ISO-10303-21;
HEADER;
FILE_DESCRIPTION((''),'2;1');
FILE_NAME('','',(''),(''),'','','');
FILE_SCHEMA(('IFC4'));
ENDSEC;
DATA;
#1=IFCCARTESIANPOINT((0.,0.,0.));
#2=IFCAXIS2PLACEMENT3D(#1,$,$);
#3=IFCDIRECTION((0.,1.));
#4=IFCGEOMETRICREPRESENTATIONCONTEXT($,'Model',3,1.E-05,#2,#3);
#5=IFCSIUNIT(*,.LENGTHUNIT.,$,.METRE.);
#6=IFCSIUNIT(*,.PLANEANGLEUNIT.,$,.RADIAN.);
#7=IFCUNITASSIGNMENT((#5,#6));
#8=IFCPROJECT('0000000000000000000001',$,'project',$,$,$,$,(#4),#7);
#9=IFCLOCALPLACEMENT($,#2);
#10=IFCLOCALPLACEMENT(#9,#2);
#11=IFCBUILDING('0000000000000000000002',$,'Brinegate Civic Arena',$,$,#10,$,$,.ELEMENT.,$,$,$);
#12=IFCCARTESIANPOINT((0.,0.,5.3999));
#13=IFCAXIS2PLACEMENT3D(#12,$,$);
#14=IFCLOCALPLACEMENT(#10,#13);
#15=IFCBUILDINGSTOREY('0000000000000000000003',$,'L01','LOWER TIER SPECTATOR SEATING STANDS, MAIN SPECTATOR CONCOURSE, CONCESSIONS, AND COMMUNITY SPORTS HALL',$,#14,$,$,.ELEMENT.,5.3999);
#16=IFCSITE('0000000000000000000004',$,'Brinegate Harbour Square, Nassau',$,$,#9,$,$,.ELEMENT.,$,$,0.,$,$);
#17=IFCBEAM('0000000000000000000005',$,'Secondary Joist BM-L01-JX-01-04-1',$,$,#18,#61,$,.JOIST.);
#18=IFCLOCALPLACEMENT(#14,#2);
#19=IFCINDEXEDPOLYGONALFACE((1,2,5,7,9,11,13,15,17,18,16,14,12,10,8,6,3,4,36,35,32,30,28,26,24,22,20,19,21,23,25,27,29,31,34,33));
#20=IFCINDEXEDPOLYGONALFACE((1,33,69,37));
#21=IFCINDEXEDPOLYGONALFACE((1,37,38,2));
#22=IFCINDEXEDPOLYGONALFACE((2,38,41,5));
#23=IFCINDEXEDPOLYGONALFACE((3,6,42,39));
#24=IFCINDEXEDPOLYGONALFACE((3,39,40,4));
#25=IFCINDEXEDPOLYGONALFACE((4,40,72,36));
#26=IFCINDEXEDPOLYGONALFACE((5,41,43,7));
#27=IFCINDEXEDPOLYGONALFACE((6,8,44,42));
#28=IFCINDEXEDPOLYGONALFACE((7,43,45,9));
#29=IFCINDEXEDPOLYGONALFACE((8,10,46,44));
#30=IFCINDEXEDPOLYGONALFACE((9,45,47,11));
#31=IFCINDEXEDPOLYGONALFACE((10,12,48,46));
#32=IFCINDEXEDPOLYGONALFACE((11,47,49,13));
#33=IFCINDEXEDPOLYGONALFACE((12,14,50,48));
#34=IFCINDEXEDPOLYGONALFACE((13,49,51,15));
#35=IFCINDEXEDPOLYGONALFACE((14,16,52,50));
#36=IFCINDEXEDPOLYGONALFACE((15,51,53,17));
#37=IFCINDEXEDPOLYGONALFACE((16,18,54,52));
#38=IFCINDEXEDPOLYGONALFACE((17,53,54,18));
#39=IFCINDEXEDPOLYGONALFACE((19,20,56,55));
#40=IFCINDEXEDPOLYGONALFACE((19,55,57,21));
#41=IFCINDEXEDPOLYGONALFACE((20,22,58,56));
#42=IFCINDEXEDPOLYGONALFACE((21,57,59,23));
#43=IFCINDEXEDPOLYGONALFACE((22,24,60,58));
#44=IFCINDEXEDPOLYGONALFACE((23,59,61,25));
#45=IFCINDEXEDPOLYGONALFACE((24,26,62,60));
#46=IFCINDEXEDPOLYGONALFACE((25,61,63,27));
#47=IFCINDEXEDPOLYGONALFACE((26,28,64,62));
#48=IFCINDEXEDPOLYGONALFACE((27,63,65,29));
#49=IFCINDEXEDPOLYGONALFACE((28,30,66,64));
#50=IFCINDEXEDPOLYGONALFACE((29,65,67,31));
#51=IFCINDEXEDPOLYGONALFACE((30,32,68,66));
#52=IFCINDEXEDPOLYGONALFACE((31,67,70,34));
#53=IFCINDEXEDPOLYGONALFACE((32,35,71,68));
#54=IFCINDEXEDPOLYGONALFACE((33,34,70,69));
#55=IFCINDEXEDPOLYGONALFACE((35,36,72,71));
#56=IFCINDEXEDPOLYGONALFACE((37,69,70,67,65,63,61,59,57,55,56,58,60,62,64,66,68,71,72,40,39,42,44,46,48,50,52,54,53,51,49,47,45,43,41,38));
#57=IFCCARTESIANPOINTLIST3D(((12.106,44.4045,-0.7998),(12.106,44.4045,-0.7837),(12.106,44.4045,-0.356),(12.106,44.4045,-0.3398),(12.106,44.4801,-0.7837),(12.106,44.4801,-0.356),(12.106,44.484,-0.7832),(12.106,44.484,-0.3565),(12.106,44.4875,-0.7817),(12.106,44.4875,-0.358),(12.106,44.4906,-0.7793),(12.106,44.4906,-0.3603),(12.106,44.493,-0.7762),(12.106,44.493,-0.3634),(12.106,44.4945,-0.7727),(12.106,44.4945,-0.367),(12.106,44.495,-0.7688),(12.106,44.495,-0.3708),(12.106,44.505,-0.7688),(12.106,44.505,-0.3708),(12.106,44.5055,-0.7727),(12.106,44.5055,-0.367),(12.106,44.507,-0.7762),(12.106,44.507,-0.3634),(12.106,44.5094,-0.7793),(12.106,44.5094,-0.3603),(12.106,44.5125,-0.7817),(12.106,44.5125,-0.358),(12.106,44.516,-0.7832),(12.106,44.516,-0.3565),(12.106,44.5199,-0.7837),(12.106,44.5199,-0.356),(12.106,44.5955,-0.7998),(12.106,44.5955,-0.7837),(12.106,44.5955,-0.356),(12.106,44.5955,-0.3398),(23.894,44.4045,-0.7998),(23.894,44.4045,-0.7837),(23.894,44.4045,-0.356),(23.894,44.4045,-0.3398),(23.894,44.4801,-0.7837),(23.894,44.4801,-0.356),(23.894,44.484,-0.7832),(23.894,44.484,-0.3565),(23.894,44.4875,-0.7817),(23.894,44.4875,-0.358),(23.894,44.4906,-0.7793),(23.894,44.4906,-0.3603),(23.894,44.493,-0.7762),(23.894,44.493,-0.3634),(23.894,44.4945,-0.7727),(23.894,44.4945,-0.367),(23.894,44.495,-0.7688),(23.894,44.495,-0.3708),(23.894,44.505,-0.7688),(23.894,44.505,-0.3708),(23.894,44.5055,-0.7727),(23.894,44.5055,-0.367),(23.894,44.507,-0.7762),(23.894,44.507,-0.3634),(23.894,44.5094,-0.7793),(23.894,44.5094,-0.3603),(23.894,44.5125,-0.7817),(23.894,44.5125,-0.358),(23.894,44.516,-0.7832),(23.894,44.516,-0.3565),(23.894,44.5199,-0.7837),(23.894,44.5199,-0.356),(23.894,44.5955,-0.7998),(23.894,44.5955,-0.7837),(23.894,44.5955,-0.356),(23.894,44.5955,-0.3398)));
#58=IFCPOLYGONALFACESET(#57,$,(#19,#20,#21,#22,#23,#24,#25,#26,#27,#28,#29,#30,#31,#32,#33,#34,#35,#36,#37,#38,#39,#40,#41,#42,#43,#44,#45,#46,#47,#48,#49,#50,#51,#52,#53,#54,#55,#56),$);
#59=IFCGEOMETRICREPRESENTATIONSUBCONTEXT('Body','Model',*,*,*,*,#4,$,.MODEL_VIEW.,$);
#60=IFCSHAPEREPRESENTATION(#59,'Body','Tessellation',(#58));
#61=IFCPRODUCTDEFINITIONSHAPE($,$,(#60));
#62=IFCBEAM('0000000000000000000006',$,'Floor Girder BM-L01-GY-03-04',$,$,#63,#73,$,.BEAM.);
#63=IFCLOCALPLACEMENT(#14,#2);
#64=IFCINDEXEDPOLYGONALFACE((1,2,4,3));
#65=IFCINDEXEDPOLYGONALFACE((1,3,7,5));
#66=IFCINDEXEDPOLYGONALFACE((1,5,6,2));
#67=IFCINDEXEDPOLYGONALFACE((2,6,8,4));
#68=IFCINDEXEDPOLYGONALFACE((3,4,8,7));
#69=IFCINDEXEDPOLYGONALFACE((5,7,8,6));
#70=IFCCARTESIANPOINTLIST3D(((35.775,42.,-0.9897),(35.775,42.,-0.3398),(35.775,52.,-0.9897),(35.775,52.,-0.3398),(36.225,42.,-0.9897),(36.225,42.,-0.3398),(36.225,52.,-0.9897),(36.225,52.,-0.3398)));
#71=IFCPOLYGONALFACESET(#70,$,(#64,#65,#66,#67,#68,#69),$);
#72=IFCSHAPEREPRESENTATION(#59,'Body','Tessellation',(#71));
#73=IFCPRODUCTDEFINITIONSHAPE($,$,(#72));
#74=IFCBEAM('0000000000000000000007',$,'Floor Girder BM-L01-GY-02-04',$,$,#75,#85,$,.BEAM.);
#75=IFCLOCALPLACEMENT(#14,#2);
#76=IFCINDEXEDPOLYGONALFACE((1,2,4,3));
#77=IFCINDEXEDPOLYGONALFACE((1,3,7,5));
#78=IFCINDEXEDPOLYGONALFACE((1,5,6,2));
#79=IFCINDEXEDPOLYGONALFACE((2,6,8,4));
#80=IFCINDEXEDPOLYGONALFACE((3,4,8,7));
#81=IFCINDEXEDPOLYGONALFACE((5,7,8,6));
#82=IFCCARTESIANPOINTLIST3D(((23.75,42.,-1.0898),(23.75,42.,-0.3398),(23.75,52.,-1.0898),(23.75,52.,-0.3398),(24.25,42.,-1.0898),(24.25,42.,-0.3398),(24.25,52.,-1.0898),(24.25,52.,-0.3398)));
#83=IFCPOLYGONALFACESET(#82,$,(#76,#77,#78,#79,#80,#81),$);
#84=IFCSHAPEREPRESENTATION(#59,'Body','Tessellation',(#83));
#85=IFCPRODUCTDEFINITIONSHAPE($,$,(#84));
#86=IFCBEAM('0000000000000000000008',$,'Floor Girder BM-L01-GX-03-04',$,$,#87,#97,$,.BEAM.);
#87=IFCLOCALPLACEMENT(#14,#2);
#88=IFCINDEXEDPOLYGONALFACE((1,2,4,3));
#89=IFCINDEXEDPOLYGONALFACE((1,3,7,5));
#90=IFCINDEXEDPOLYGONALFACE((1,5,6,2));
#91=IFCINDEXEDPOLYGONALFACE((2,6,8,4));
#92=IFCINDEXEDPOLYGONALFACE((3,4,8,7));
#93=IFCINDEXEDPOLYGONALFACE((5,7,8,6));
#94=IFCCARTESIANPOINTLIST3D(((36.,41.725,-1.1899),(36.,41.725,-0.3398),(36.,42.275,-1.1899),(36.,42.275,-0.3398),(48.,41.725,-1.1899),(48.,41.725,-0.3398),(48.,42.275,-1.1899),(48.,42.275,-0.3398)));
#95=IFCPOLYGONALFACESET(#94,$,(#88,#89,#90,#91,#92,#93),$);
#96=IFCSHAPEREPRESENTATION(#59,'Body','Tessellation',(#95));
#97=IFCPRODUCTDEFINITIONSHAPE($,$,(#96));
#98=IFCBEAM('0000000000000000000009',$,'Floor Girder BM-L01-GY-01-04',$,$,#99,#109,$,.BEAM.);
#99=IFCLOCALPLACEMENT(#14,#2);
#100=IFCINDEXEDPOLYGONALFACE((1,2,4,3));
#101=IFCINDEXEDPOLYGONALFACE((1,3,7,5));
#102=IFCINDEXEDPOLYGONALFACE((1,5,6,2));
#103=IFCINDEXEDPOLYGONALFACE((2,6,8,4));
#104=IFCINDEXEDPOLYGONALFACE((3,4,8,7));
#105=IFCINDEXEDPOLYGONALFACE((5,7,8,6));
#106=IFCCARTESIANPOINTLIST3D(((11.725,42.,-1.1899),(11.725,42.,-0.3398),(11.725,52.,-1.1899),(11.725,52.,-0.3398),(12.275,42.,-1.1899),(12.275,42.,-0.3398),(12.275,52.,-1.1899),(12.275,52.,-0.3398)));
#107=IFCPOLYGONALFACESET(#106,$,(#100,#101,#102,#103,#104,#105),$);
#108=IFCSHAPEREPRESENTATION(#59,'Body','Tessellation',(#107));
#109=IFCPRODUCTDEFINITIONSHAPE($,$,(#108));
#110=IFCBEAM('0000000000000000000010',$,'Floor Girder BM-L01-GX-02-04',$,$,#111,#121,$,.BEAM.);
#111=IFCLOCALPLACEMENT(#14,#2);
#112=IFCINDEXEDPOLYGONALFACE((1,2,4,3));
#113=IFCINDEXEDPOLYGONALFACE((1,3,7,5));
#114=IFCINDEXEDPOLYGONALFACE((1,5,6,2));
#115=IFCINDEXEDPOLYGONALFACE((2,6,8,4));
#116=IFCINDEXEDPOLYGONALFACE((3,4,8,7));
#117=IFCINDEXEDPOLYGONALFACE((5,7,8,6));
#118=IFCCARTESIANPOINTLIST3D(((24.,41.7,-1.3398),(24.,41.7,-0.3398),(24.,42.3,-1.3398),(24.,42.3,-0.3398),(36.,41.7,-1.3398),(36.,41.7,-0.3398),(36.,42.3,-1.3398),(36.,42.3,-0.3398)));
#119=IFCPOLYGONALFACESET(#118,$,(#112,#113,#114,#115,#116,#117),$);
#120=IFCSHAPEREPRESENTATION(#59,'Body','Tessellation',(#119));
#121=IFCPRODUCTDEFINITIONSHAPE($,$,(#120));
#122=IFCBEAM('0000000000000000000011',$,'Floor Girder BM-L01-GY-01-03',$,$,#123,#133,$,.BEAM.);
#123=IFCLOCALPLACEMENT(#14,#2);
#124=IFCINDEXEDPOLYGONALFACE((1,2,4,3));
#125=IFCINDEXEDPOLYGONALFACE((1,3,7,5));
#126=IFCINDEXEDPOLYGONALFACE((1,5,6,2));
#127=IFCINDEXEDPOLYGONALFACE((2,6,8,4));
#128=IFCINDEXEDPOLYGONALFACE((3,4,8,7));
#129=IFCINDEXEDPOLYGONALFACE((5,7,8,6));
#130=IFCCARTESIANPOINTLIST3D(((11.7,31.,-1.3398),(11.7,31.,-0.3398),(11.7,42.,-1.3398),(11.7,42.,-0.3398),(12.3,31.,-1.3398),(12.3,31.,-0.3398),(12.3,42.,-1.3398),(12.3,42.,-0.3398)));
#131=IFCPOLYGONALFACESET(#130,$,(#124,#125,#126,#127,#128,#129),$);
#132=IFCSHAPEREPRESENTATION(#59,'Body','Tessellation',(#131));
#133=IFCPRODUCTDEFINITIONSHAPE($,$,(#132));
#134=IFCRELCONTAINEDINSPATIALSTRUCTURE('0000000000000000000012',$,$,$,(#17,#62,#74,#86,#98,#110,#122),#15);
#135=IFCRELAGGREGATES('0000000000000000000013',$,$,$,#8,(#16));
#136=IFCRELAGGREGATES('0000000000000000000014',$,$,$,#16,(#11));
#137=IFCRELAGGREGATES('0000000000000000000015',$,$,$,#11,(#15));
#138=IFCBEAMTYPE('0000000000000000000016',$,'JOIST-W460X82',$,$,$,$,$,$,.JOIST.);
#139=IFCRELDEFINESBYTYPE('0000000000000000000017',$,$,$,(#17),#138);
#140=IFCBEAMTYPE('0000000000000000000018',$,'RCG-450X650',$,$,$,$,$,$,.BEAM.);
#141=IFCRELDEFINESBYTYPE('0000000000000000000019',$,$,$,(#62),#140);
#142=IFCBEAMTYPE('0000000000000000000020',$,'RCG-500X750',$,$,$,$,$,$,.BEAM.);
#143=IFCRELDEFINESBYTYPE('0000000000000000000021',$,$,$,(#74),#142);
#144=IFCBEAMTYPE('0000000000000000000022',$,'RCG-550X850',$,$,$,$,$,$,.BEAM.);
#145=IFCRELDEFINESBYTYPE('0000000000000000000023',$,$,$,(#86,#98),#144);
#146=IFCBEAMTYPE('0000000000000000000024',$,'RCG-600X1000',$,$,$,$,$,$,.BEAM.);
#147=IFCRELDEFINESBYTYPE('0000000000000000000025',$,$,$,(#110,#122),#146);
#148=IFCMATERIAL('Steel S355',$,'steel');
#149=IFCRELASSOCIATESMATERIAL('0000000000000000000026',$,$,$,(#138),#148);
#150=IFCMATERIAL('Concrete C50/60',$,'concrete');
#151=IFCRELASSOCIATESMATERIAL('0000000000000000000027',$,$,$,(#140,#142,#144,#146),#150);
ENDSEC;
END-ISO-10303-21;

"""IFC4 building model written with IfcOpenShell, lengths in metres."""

from ifc_helpers import new_model, si_unit, direction, frame, origin, origin_2d, place, context, subcontext, project, spatial, rectangle, i_section, extrude, material, material_profile, profile_set, type_object, element, save


model = new_model("IFC4")

# Units and contexts
model_context = context("Model", 3, precision=1e-05, world=origin(), true_north=direction((0.0, 1.0)))
body_context = subcontext(model_context, "Body", "Model", "MODEL_VIEW")
ifc_project = project(units=[si_unit("LENGTHUNIT", "METRE"), si_unit("PLANEANGLEUNIT", "RADIAN")], contexts=[model_context])

# Site, building, storey
site_placement = place(None, origin())
site = spatial("IfcSite", under=ifc_project, at=site_placement, Name="Brinegate Harbour Square, Nassau", CompositionType="ELEMENT", RefElevation=0.0)
building_placement = place(site_placement, origin())
building = spatial("IfcBuilding", under=site, at=building_placement, Name="Brinegate Civic Arena", CompositionType="ELEMENT")
storey_placement = place(building_placement, frame((0.0, 0.0, 5.3999)))
storey = spatial("IfcBuildingStorey", under=building, at=storey_placement, Name="L01", Description="LOWER TIER SPECTATOR SEATING STANDS, MAIN SPECTATOR CONCOURSE, CONCESSIONS, AND COMMUNITY SPORTS HALL", CompositionType="ELEMENT", Elevation=5.3999)

# Shared definitions
ifc_material_1 = material(Name="Concrete C50/60", Category="concrete")
ifc_material_2 = material(Name="Steel S355", Category="steel")

# Beams
ifc_material_profile_1 = material_profile(ifc_material_2, i_section(OverallWidth=0.1909, OverallDepth=0.46, WebThickness=0.01, FlangeThickness=0.0161, FilletRadius=0.0149, at=origin_2d()), Name="W460X82")
ifc_profile_set_1 = profile_set([ifc_material_profile_1], Name="Steel S355")
beam_type_1 = type_object("IfcBeamType", Name="JOIST-W460X82", PredefinedType="JOIST", material=ifc_profile_set_1)
beam_1_placement = place(storey_placement, frame((12.106, 44.5, -0.5698), z_axis=(1.0, 0.0, 0.0), x_axis=(0.0, 1.0, 0.0)))
element("IfcBeam", 1, at=beam_1_placement, inside=storey, type_object=beam_type_1, Name="Secondary Joist BM-L01-JX-01-04-1", PredefinedType="JOIST", context=body_context, shape_type="SweptSolid", body=[
    extrude(i_section(OverallWidth=0.1909, OverallDepth=0.46, WebThickness=0.01, FlangeThickness=0.0161, FilletRadius=0.0149, at=origin_2d()), origin(), (0.0, 0.0, 1.0), 11.7881),
])
ifc_material_profile_2 = material_profile(ifc_material_1, rectangle(XDim=0.45, YDim=0.6499, at=origin_2d()), Name="RCB450X650")
ifc_profile_set_2 = profile_set([ifc_material_profile_2], Name="Concrete C50/60")
beam_type_2 = type_object("IfcBeamType", Name="RCG-450X650", PredefinedType="BEAM", material=ifc_profile_set_2)
beam_2_placement = place(storey_placement, frame((36.0, 42.0, -0.6648), z_axis=(0.0, 1.0, 0.0), x_axis=(-1.0, 0.0, 0.0)))
element("IfcBeam", 2, at=beam_2_placement, inside=storey, type_object=beam_type_2, Name="Floor Girder BM-L01-GY-03-04", PredefinedType="BEAM", context=body_context, shape_type="SweptSolid", body=[
    extrude(rectangle(XDim=0.45, YDim=0.6499, at=origin_2d()), origin(), (0.0, 0.0, 1.0), 10.0),
])
ifc_material_profile_3 = material_profile(ifc_material_1, rectangle(XDim=0.5, YDim=0.75, at=origin_2d()), Name="RCB500X750")
ifc_profile_set_3 = profile_set([ifc_material_profile_3], Name="Concrete C50/60")
beam_type_3 = type_object("IfcBeamType", Name="RCG-500X750", PredefinedType="BEAM", material=ifc_profile_set_3)
beam_3_placement = place(storey_placement, frame((24.0, 42.0, -0.7148), z_axis=(0.0, 1.0, 0.0), x_axis=(-1.0, 0.0, 0.0)))
element("IfcBeam", 3, at=beam_3_placement, inside=storey, type_object=beam_type_3, Name="Floor Girder BM-L01-GY-02-04", PredefinedType="BEAM", context=body_context, shape_type="SweptSolid", body=[
    extrude(rectangle(XDim=0.5, YDim=0.75, at=origin_2d()), origin(), (0.0, 0.0, 1.0), 10.0),
])
ifc_material_profile_4 = material_profile(ifc_material_1, rectangle(XDim=0.55, YDim=0.8501, at=origin_2d()), Name="RCB550X850")
ifc_profile_set_4 = profile_set([ifc_material_profile_4], Name="Concrete C50/60")
beam_type_4 = type_object("IfcBeamType", Name="RCG-550X850", PredefinedType="BEAM", material=ifc_profile_set_4)
beam_4_placement = place(storey_placement, frame((36.0, 42.0, -0.7649), z_axis=(1.0, 0.0, 0.0), x_axis=(0.0, 1.0, 0.0)))
element("IfcBeam", 4, at=beam_4_placement, inside=storey, type_object=beam_type_4, Name="Floor Girder BM-L01-GX-03-04", PredefinedType="BEAM", context=body_context, shape_type="SweptSolid", body=[
    extrude(rectangle(XDim=0.55, YDim=0.8501, at=origin_2d()), origin(), (0.0, 0.0, 1.0), 12.0),
])
beam_5_placement = place(storey_placement, frame((12.0, 42.0, -0.7649), z_axis=(0.0, 1.0, 0.0), x_axis=(-1.0, 0.0, 0.0)))
element("IfcBeam", 5, at=beam_5_placement, inside=storey, type_object=beam_type_4, Name="Floor Girder BM-L01-GY-01-04", PredefinedType="BEAM", context=body_context, shape_type="SweptSolid", body=[
    extrude(rectangle(XDim=0.55, YDim=0.8501, at=origin_2d()), origin(), (0.0, 0.0, 1.0), 10.0),
])
ifc_material_profile_5 = material_profile(ifc_material_1, rectangle(XDim=0.6001, YDim=1.0, at=origin_2d()), Name="RCB600X1000")
ifc_profile_set_5 = profile_set([ifc_material_profile_5], Name="Concrete C50/60")
beam_type_5 = type_object("IfcBeamType", Name="RCG-600X1000", PredefinedType="BEAM", material=ifc_profile_set_5)
beam_6_placement = place(storey_placement, frame((24.0, 42.0, -0.8398), z_axis=(1.0, 0.0, 0.0), x_axis=(0.0, 1.0, 0.0)))
element("IfcBeam", 6, at=beam_6_placement, inside=storey, type_object=beam_type_5, Name="Floor Girder BM-L01-GX-02-04", PredefinedType="BEAM", context=body_context, shape_type="SweptSolid", body=[
    extrude(rectangle(XDim=0.6001, YDim=1.0, at=origin_2d()), origin(), (0.0, 0.0, 1.0), 12.0),
])
beam_7_placement = place(storey_placement, frame((12.0, 31.0, -0.8398), z_axis=(0.0, 1.0, 0.0), x_axis=(-1.0, 0.0, 0.0)))
element("IfcBeam", 7, at=beam_7_placement, inside=storey, type_object=beam_type_5, Name="Floor Girder BM-L01-GY-01-03", PredefinedType="BEAM", context=body_context, shape_type="SweptSolid", body=[
    extrude(rectangle(XDim=0.6001, YDim=1.0, at=origin_2d()), origin(), (0.0, 0.0, 1.0), 11.0),
])

save(model, "model.ifc")
